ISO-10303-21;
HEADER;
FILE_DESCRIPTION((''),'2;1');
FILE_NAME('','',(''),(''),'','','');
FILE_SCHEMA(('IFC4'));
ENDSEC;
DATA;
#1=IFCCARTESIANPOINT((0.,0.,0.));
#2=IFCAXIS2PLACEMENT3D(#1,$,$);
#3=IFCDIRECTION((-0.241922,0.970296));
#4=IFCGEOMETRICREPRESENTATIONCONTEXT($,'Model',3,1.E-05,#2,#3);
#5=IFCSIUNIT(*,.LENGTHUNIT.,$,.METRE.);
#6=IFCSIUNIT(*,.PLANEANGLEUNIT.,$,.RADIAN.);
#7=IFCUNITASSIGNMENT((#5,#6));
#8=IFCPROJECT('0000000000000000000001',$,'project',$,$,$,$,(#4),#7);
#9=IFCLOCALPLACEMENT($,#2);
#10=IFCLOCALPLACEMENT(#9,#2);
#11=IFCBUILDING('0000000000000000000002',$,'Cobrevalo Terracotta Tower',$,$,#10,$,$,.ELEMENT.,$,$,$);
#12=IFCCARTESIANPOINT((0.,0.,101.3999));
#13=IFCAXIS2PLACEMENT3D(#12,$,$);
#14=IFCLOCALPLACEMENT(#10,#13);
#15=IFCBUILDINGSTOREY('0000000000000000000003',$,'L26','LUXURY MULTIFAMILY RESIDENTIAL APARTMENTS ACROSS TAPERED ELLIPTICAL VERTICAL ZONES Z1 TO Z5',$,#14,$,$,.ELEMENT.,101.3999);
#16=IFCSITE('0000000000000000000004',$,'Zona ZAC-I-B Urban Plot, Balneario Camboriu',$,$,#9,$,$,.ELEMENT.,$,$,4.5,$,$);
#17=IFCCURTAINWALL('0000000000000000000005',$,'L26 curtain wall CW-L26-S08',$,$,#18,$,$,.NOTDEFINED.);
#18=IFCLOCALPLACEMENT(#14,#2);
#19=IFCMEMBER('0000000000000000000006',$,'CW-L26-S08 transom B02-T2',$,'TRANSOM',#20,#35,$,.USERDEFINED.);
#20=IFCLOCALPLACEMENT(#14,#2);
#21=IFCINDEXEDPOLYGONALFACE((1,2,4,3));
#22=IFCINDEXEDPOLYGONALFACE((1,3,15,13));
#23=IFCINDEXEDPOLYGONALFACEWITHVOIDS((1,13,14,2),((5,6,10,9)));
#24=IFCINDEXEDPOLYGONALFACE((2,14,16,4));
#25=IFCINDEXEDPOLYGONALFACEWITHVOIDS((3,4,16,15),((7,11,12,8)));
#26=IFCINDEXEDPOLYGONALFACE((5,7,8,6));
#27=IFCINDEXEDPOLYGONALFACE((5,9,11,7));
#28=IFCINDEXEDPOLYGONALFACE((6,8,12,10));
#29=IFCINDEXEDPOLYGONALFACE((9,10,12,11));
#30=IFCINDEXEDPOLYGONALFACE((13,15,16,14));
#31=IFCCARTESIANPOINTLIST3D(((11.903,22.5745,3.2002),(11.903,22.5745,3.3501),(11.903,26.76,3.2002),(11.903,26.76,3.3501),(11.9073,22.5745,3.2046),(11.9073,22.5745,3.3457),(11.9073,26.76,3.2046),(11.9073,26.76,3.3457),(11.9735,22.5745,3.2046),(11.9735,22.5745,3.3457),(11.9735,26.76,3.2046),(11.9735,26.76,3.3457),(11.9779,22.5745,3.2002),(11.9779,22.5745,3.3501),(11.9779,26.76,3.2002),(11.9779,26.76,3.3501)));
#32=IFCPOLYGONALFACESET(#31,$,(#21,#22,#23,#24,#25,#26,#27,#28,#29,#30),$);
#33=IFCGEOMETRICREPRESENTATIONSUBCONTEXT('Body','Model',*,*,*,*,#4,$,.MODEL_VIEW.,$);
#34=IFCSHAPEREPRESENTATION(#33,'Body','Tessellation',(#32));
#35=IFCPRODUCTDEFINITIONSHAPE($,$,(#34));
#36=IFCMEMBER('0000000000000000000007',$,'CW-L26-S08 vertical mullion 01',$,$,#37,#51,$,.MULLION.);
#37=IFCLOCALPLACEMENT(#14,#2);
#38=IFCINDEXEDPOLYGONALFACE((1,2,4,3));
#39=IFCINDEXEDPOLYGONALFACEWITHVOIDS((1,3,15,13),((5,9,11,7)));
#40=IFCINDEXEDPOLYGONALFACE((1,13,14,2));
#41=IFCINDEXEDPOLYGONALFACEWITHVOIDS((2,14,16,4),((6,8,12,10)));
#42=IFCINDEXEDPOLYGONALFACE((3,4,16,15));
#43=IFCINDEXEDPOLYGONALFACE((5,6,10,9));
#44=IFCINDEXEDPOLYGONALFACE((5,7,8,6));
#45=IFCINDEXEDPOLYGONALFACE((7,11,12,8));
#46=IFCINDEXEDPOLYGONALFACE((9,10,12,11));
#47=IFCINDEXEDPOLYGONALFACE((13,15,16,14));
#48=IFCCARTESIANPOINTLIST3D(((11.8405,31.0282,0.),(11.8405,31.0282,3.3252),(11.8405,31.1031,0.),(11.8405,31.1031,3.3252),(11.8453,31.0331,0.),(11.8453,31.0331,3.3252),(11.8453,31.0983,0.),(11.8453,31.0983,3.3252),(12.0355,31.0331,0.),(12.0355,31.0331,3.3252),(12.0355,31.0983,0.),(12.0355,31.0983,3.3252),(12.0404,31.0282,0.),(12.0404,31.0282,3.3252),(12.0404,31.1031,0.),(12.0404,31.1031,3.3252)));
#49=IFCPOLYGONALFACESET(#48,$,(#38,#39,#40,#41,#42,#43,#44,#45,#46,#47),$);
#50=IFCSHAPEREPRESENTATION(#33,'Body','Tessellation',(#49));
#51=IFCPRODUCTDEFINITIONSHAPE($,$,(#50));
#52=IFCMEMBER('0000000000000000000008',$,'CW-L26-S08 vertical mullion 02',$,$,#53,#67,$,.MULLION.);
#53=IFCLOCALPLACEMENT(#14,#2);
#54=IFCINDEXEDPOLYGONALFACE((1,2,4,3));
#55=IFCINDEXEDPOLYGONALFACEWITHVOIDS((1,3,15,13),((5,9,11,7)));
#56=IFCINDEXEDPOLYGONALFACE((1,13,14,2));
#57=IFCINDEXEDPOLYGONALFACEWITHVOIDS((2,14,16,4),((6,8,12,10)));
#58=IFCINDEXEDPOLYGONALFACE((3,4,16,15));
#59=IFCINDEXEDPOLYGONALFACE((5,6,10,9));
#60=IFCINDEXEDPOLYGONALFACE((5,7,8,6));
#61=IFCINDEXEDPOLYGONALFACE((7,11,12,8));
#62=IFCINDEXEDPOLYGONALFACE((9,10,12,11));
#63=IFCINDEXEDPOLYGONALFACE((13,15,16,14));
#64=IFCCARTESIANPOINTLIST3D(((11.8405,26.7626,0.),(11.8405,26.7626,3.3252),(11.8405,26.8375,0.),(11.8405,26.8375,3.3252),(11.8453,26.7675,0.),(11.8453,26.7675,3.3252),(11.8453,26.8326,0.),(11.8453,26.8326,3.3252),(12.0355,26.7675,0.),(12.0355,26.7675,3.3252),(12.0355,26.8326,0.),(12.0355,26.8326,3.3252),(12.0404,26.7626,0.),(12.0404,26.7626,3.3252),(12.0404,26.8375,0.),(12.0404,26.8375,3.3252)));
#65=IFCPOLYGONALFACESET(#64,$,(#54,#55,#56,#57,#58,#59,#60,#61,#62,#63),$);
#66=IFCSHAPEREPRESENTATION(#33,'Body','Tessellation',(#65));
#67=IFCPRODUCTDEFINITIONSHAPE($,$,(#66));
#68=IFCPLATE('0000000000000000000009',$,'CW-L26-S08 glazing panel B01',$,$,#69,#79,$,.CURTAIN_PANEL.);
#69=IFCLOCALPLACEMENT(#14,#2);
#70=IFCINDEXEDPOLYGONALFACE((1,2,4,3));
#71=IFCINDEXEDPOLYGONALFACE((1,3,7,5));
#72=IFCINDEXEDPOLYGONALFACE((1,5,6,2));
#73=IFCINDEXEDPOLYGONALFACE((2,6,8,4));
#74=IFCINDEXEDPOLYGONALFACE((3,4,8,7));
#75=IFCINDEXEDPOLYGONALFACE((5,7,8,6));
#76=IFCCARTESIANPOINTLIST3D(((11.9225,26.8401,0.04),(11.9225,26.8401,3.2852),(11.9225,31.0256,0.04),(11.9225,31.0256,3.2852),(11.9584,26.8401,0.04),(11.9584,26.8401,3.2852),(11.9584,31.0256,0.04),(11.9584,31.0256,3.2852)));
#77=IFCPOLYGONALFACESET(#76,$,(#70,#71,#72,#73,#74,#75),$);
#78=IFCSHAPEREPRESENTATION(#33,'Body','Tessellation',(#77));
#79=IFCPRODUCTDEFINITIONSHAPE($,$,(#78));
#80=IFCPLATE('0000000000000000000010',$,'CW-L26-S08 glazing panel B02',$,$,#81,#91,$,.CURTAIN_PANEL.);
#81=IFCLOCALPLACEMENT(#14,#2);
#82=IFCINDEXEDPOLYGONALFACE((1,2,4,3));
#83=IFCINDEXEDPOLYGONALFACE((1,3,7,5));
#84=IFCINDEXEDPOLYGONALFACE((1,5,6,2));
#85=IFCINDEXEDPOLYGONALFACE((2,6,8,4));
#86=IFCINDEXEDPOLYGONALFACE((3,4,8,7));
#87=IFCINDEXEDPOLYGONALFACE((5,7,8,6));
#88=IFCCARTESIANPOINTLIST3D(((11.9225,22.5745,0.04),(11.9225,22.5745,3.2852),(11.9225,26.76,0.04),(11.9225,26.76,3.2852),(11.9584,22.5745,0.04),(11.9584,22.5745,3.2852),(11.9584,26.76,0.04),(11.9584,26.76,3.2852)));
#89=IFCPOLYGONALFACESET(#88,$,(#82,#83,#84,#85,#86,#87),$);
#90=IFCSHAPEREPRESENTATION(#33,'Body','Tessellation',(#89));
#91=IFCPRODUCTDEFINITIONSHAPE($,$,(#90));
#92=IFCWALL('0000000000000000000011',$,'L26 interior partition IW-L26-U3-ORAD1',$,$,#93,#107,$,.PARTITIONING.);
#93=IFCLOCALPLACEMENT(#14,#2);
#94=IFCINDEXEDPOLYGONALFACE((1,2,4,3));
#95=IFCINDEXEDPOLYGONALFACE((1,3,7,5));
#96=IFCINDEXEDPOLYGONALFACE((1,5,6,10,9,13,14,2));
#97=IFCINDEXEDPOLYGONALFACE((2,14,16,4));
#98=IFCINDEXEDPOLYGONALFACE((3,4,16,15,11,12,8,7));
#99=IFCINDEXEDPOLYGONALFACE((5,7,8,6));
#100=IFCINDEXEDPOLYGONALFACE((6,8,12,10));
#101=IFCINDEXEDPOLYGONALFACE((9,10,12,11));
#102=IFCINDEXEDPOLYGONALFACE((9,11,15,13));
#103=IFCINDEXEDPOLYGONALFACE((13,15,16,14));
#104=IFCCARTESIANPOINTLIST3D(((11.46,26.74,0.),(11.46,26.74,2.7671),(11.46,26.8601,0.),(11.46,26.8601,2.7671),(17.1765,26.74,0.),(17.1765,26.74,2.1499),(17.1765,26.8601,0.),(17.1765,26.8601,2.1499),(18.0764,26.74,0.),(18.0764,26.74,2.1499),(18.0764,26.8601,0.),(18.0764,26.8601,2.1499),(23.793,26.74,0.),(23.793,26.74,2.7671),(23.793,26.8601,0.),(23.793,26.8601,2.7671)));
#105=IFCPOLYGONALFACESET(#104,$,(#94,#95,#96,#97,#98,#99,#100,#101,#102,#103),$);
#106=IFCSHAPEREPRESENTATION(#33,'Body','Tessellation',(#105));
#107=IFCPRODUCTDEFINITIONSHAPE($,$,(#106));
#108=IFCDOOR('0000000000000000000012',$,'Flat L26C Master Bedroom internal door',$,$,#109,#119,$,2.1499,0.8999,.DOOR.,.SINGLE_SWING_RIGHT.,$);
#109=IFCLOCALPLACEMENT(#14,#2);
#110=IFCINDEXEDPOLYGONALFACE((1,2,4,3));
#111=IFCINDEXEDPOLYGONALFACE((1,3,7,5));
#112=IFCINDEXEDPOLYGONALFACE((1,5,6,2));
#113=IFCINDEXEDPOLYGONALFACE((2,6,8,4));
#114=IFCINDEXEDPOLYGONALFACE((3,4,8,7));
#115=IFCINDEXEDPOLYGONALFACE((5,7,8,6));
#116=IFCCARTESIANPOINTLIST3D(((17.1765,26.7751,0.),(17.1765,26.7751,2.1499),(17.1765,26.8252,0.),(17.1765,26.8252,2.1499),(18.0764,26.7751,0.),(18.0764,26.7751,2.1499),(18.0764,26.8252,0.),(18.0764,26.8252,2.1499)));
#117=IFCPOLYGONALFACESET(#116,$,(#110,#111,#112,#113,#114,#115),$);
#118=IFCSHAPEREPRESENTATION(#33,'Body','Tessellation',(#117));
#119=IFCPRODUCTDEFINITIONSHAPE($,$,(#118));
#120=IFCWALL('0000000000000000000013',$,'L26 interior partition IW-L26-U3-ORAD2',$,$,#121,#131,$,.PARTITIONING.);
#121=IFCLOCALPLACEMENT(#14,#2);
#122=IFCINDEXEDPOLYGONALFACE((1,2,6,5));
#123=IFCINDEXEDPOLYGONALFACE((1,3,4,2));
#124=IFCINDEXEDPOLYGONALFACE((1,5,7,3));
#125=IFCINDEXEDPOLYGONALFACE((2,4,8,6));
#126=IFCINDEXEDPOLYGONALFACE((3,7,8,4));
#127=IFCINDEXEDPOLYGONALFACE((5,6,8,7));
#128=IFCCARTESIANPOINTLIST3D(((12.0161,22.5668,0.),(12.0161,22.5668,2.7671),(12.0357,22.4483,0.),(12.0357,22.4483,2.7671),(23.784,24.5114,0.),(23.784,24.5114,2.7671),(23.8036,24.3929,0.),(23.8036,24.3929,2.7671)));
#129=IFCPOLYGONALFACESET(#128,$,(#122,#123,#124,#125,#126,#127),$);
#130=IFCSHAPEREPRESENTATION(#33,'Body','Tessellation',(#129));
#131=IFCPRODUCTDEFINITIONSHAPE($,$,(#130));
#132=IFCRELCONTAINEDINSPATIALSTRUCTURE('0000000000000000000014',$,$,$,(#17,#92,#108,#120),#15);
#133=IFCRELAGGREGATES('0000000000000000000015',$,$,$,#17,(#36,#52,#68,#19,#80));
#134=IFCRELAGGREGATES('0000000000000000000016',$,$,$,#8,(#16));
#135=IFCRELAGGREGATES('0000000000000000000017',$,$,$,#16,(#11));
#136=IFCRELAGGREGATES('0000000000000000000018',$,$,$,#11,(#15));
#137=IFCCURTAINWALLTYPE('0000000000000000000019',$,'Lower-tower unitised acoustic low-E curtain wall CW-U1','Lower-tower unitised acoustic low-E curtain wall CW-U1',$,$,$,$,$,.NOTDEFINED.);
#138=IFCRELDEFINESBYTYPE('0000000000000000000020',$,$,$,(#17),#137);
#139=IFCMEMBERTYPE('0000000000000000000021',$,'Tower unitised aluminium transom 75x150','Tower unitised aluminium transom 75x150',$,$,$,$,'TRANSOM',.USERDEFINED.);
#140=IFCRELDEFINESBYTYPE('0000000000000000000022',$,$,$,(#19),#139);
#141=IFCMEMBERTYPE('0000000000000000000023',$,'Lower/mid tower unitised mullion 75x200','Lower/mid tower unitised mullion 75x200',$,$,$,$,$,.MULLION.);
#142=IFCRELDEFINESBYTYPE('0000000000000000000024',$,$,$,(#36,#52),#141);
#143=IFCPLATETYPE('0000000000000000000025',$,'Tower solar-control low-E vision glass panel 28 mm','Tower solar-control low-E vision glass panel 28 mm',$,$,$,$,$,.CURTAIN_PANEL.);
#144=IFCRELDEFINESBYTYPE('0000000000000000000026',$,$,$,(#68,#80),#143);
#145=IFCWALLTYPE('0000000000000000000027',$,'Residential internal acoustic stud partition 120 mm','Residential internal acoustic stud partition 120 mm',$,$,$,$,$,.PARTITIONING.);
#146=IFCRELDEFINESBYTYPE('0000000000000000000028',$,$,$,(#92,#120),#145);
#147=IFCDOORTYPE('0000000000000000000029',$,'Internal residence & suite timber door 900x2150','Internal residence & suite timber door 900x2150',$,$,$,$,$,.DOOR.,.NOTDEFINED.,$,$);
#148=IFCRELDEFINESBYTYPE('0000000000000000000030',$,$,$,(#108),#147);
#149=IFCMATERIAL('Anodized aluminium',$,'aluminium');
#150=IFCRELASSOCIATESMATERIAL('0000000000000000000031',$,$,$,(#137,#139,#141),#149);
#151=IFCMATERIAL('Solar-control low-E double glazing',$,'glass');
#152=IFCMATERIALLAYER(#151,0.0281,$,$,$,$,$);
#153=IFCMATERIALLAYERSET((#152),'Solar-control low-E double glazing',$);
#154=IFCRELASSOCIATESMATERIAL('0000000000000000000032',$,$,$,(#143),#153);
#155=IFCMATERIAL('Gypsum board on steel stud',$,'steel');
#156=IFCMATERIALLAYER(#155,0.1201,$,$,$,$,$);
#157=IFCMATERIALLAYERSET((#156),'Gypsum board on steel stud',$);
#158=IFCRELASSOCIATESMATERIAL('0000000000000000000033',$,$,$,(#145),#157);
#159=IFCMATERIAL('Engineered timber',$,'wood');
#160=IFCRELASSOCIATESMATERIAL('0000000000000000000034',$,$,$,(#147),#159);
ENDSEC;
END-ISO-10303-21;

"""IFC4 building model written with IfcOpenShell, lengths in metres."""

from ifc_helpers import new_model, si_unit, direction, frame, frame_2d, origin, origin_2d, place, context, subcontext, project, spatial, rectangle, hollow_rectangle, extrude, source, transform, mapped, material, layer, layer_set, material_profile, profile_set, type_object, element, fill, aggregate, save


model = new_model("IFC4")

# Units and contexts
model_context = context("Model", 3, precision=1e-05, world=origin(), true_north=direction((-0.241922, 0.970296)))
body_context = subcontext(model_context, "Body", "Model", "MODEL_VIEW")
ifc_project = project(units=[si_unit("LENGTHUNIT", "METRE"), si_unit("PLANEANGLEUNIT", "RADIAN")], contexts=[model_context])

# Site, building, storey
site_placement = place(None, origin())
site = spatial("IfcSite", under=ifc_project, at=site_placement, Name="Zona ZAC-I-B Urban Plot, Balneario Camboriu", CompositionType="ELEMENT", RefElevation=4.5)
building_placement = place(site_placement, origin())
building = spatial("IfcBuilding", under=site, at=building_placement, Name="Cobrevalo Terracotta Tower", CompositionType="ELEMENT")
storey_placement = place(building_placement, frame((0.0, 0.0, 101.3999)))
storey = spatial("IfcBuildingStorey", under=building, at=storey_placement, Name="L26", Description="LUXURY MULTIFAMILY RESIDENTIAL APARTMENTS ACROSS TAPERED ELLIPTICAL VERTICAL ZONES Z1 TO Z5", CompositionType="ELEMENT", Elevation=101.3999)

# Curtain wall, members, plates
ifc_material_1 = material(Name="Anodized aluminium", Category="aluminium")
curtain_wall_type = type_object("IfcCurtainWallType", Name="Lower-tower unitised acoustic low-E curtain wall CW-U1", Description="Lower-tower unitised acoustic low-E curtain wall CW-U1", PredefinedType="NOTDEFINED", material=ifc_material_1)
curtain_wall_placement = place(storey_placement, origin())
curtain_wall = element("IfcCurtainWall", 1, at=curtain_wall_placement, inside=storey, type_object=curtain_wall_type, Name="L26 curtain wall CW-L26-S08", PredefinedType="NOTDEFINED")
ifc_material_profile_1 = material_profile(ifc_material_1, hollow_rectangle(XDim=0.075, YDim=0.1499, WallThickness=0.0044, at=origin_2d()), Name="CWT 75x150")
ifc_profile_set_1 = profile_set([ifc_material_profile_1], Name="Anodized aluminium")
member_type_1 = type_object("IfcMemberType", Name="Tower unitised aluminium transom 75x150", Description="Tower unitised aluminium transom 75x150", ElementType="TRANSOM", PredefinedType="USERDEFINED", material=ifc_profile_set_1)
shared_shape_1 = source(origin(), body_context, "Body", "SweptSolid", [
    extrude(hollow_rectangle(XDim=0.075, YDim=0.1499, WallThickness=0.0044, at=origin_2d()), origin(), (0.0, 0.0, 1.0), 4.1855),
])
member_1_placement = place(storey_placement, frame((11.9404, 26.76, 3.2751), z_axis=(0.0, -1.0, 0.0), x_axis=(1.0, 0.0, 0.0)))
member_1 = element("IfcMember", 2, at=member_1_placement, type_object=member_type_1, Name="CW-L26-S08 transom B02-T2", ObjectType="TRANSOM", PredefinedType="USERDEFINED", context=body_context, shape_type="MappedRepresentation", body=[
    mapped(shared_shape_1, transform((0.0, 0.0, 0.0), scale=1.0)),
])
ifc_material_profile_2 = material_profile(ifc_material_1, hollow_rectangle(XDim=0.075, YDim=0.2, WallThickness=0.0049, at=origin_2d()), Name="CWM 75x200")
ifc_profile_set_2 = profile_set([ifc_material_profile_2], Name="Anodized aluminium")
member_type_2 = type_object("IfcMemberType", Name="Lower/mid tower unitised mullion 75x200", Description="Lower/mid tower unitised mullion 75x200", PredefinedType="MULLION", material=ifc_profile_set_2)
shared_shape_2 = source(origin(), body_context, "Body", "SweptSolid", [
    extrude(hollow_rectangle(XDim=0.075, YDim=0.2, WallThickness=0.0049, at=origin_2d()), origin(), (0.0, 0.0, 1.0), 3.3252),
])
member_2_placement = place(storey_placement, frame((11.9404, 31.0657, 0.0), z_axis=(0.0, 0.0, 1.0), x_axis=(0.0, -1.0, 0.0)))
member_2 = element("IfcMember", 3, at=member_2_placement, type_object=member_type_2, Name="CW-L26-S08 vertical mullion 01", PredefinedType="MULLION", context=body_context, shape_type="MappedRepresentation", body=[
    mapped(shared_shape_2, transform((0.0, 0.0, 0.0), scale=1.0)),
])
member_3_placement = place(storey_placement, frame((11.9404, 26.8, 0.0), z_axis=(0.0, 0.0, 1.0), x_axis=(0.0, -1.0, 0.0)))
member_3 = element("IfcMember", 4, at=member_3_placement, type_object=member_type_2, Name="CW-L26-S08 vertical mullion 02", PredefinedType="MULLION", context=body_context, shape_type="MappedRepresentation", body=[
    mapped(shared_shape_2, transform((0.0, 0.0, 0.0), scale=1.0)),
])
ifc_material_2 = material(Name="Solar-control low-E double glazing", Category="glass")
ifc_layer_1 = layer(ifc_material_2, 0.0281)
ifc_layer_set_1 = layer_set([ifc_layer_1], Name="Solar-control low-E double glazing")
plate_type = type_object("IfcPlateType", Name="Tower solar-control low-E vision glass panel 28 mm", Description="Tower solar-control low-E vision glass panel 28 mm", PredefinedType="CURTAIN_PANEL", material=ifc_layer_set_1)
shared_shape_3 = source(origin(), body_context, "Body", "SweptSolid", [
    extrude(rectangle(XDim=4.1855, YDim=0.0359, at=origin_2d()), origin(), (0.0, 0.0, 1.0), 3.2451),
])
plate_1_placement = place(storey_placement, frame((11.9404, 28.9329, 0.04), z_axis=(0.0, 0.0, 1.0), x_axis=(0.0, -1.0, 0.0)))
plate_1 = element("IfcPlate", 5, at=plate_1_placement, type_object=plate_type, Name="CW-L26-S08 glazing panel B01", PredefinedType="CURTAIN_PANEL", context=body_context, shape_type="MappedRepresentation", body=[
    mapped(shared_shape_3, transform((0.0, 0.0, 0.0), scale=1.0)),
])
plate_2_placement = place(storey_placement, frame((11.9404, 24.6672, 0.04), z_axis=(0.0, 0.0, 1.0), x_axis=(0.0, -1.0, 0.0)))
plate_2 = element("IfcPlate", 6, at=plate_2_placement, type_object=plate_type, Name="CW-L26-S08 glazing panel B02", PredefinedType="CURTAIN_PANEL", context=body_context, shape_type="MappedRepresentation", body=[
    mapped(shared_shape_3, transform((0.0, 0.0, 0.0), scale=1.0)),
])
aggregate(curtain_wall, [member_2, member_3, plate_1, member_1, plate_2])

# Wall, opening, door
ifc_material_3 = material(Name="Gypsum board on steel stud", Category="steel")
ifc_layer_2 = layer(ifc_material_3, 0.1201)
ifc_layer_set_2 = layer_set([ifc_layer_2], Name="Gypsum board on steel stud")
wall_type = type_object("IfcWallType", Name="Residential internal acoustic stud partition 120 mm", Description="Residential internal acoustic stud partition 120 mm", PredefinedType="PARTITIONING", material=ifc_layer_set_2)
wall_1_placement = place(storey_placement, frame((23.793, 26.8, 0.0), z_axis=(0.0, 0.0, 1.0), x_axis=(-1.0, 0.0, 0.0)))
wall_1 = element("IfcWall", 7, at=wall_1_placement, inside=storey, type_object=wall_type, Name="L26 interior partition IW-L26-U3-ORAD1", PredefinedType="PARTITIONING", context=body_context, shape_type="SweptSolid", body=[
    extrude(rectangle(XDim=12.333, YDim=0.1201, at=frame_2d((6.1665, 0.0))), origin(), (0.0, 0.0, 1.0), 2.7671),
])
opening_placement = place(wall_1_placement, frame((5.7166, 0.0, 0.0)))
opening = element("IfcOpeningElement", 8, at=opening_placement, cuts=wall_1, PredefinedType="OPENING", context=body_context, shape_type="SweptSolid", body=[
    extrude(rectangle(XDim=0.8999, YDim=2.1499, at=frame_2d((0.45, 1.075))), frame((0.0, 0.0701, 0.0), z_axis=(0.0, -1.0, 0.0), x_axis=(1.0, 0.0, 0.0)), (0.0, 0.0, 1.0), 0.1401),
])
ifc_material_4 = material(Name="Engineered timber", Category="wood")
door_type = type_object("IfcDoorType", Name="Internal residence & suite timber door 900x2150", Description="Internal residence & suite timber door 900x2150", OperationType="NOTDEFINED", PredefinedType="DOOR", material=ifc_material_4)
shared_shape_4 = source(origin(), body_context, "Body", "SweptSolid", [
    extrude(rectangle(XDim=0.8999, YDim=2.1499, at=frame_2d((0.45, 1.075))), frame((0.0, 0.0249, 0.0), z_axis=(0.0, -1.0, 0.0), x_axis=(1.0, 0.0, 0.0)), (0.0, 0.0, 1.0), 0.05),
])
door_placement = place(opening_placement, origin())
door = element("IfcDoor", 9, at=door_placement, inside=storey, type_object=door_type, Name="Flat L26C Master Bedroom internal door", OperationType="SINGLE_SWING_RIGHT", OverallHeight=2.1499, OverallWidth=0.8999, PredefinedType="DOOR", context=body_context, shape_type="MappedRepresentation", body=[
    mapped(shared_shape_4, transform((0.0, 0.0, 0.0), scale=1.0)),
])
fill(opening, door)

# Wall
wall_2_placement = place(storey_placement, frame((23.7939, 24.4521, 0.0), z_axis=(0.0, 0.0, 1.0), x_axis=(-0.98662, -0.163035, 0.0)))
element("IfcWall", 10, at=wall_2_placement, inside=storey, type_object=wall_type, Name="L26 interior partition IW-L26-U3-ORAD2", PredefinedType="PARTITIONING", context=body_context, shape_type="SweptSolid", body=[
    extrude(rectangle(XDim=11.9275, YDim=0.1201, at=frame_2d((5.9639, 0.0))), origin(), (0.0, 0.0, 1.0), 2.7671),
])

save(model, "model.ifc")
